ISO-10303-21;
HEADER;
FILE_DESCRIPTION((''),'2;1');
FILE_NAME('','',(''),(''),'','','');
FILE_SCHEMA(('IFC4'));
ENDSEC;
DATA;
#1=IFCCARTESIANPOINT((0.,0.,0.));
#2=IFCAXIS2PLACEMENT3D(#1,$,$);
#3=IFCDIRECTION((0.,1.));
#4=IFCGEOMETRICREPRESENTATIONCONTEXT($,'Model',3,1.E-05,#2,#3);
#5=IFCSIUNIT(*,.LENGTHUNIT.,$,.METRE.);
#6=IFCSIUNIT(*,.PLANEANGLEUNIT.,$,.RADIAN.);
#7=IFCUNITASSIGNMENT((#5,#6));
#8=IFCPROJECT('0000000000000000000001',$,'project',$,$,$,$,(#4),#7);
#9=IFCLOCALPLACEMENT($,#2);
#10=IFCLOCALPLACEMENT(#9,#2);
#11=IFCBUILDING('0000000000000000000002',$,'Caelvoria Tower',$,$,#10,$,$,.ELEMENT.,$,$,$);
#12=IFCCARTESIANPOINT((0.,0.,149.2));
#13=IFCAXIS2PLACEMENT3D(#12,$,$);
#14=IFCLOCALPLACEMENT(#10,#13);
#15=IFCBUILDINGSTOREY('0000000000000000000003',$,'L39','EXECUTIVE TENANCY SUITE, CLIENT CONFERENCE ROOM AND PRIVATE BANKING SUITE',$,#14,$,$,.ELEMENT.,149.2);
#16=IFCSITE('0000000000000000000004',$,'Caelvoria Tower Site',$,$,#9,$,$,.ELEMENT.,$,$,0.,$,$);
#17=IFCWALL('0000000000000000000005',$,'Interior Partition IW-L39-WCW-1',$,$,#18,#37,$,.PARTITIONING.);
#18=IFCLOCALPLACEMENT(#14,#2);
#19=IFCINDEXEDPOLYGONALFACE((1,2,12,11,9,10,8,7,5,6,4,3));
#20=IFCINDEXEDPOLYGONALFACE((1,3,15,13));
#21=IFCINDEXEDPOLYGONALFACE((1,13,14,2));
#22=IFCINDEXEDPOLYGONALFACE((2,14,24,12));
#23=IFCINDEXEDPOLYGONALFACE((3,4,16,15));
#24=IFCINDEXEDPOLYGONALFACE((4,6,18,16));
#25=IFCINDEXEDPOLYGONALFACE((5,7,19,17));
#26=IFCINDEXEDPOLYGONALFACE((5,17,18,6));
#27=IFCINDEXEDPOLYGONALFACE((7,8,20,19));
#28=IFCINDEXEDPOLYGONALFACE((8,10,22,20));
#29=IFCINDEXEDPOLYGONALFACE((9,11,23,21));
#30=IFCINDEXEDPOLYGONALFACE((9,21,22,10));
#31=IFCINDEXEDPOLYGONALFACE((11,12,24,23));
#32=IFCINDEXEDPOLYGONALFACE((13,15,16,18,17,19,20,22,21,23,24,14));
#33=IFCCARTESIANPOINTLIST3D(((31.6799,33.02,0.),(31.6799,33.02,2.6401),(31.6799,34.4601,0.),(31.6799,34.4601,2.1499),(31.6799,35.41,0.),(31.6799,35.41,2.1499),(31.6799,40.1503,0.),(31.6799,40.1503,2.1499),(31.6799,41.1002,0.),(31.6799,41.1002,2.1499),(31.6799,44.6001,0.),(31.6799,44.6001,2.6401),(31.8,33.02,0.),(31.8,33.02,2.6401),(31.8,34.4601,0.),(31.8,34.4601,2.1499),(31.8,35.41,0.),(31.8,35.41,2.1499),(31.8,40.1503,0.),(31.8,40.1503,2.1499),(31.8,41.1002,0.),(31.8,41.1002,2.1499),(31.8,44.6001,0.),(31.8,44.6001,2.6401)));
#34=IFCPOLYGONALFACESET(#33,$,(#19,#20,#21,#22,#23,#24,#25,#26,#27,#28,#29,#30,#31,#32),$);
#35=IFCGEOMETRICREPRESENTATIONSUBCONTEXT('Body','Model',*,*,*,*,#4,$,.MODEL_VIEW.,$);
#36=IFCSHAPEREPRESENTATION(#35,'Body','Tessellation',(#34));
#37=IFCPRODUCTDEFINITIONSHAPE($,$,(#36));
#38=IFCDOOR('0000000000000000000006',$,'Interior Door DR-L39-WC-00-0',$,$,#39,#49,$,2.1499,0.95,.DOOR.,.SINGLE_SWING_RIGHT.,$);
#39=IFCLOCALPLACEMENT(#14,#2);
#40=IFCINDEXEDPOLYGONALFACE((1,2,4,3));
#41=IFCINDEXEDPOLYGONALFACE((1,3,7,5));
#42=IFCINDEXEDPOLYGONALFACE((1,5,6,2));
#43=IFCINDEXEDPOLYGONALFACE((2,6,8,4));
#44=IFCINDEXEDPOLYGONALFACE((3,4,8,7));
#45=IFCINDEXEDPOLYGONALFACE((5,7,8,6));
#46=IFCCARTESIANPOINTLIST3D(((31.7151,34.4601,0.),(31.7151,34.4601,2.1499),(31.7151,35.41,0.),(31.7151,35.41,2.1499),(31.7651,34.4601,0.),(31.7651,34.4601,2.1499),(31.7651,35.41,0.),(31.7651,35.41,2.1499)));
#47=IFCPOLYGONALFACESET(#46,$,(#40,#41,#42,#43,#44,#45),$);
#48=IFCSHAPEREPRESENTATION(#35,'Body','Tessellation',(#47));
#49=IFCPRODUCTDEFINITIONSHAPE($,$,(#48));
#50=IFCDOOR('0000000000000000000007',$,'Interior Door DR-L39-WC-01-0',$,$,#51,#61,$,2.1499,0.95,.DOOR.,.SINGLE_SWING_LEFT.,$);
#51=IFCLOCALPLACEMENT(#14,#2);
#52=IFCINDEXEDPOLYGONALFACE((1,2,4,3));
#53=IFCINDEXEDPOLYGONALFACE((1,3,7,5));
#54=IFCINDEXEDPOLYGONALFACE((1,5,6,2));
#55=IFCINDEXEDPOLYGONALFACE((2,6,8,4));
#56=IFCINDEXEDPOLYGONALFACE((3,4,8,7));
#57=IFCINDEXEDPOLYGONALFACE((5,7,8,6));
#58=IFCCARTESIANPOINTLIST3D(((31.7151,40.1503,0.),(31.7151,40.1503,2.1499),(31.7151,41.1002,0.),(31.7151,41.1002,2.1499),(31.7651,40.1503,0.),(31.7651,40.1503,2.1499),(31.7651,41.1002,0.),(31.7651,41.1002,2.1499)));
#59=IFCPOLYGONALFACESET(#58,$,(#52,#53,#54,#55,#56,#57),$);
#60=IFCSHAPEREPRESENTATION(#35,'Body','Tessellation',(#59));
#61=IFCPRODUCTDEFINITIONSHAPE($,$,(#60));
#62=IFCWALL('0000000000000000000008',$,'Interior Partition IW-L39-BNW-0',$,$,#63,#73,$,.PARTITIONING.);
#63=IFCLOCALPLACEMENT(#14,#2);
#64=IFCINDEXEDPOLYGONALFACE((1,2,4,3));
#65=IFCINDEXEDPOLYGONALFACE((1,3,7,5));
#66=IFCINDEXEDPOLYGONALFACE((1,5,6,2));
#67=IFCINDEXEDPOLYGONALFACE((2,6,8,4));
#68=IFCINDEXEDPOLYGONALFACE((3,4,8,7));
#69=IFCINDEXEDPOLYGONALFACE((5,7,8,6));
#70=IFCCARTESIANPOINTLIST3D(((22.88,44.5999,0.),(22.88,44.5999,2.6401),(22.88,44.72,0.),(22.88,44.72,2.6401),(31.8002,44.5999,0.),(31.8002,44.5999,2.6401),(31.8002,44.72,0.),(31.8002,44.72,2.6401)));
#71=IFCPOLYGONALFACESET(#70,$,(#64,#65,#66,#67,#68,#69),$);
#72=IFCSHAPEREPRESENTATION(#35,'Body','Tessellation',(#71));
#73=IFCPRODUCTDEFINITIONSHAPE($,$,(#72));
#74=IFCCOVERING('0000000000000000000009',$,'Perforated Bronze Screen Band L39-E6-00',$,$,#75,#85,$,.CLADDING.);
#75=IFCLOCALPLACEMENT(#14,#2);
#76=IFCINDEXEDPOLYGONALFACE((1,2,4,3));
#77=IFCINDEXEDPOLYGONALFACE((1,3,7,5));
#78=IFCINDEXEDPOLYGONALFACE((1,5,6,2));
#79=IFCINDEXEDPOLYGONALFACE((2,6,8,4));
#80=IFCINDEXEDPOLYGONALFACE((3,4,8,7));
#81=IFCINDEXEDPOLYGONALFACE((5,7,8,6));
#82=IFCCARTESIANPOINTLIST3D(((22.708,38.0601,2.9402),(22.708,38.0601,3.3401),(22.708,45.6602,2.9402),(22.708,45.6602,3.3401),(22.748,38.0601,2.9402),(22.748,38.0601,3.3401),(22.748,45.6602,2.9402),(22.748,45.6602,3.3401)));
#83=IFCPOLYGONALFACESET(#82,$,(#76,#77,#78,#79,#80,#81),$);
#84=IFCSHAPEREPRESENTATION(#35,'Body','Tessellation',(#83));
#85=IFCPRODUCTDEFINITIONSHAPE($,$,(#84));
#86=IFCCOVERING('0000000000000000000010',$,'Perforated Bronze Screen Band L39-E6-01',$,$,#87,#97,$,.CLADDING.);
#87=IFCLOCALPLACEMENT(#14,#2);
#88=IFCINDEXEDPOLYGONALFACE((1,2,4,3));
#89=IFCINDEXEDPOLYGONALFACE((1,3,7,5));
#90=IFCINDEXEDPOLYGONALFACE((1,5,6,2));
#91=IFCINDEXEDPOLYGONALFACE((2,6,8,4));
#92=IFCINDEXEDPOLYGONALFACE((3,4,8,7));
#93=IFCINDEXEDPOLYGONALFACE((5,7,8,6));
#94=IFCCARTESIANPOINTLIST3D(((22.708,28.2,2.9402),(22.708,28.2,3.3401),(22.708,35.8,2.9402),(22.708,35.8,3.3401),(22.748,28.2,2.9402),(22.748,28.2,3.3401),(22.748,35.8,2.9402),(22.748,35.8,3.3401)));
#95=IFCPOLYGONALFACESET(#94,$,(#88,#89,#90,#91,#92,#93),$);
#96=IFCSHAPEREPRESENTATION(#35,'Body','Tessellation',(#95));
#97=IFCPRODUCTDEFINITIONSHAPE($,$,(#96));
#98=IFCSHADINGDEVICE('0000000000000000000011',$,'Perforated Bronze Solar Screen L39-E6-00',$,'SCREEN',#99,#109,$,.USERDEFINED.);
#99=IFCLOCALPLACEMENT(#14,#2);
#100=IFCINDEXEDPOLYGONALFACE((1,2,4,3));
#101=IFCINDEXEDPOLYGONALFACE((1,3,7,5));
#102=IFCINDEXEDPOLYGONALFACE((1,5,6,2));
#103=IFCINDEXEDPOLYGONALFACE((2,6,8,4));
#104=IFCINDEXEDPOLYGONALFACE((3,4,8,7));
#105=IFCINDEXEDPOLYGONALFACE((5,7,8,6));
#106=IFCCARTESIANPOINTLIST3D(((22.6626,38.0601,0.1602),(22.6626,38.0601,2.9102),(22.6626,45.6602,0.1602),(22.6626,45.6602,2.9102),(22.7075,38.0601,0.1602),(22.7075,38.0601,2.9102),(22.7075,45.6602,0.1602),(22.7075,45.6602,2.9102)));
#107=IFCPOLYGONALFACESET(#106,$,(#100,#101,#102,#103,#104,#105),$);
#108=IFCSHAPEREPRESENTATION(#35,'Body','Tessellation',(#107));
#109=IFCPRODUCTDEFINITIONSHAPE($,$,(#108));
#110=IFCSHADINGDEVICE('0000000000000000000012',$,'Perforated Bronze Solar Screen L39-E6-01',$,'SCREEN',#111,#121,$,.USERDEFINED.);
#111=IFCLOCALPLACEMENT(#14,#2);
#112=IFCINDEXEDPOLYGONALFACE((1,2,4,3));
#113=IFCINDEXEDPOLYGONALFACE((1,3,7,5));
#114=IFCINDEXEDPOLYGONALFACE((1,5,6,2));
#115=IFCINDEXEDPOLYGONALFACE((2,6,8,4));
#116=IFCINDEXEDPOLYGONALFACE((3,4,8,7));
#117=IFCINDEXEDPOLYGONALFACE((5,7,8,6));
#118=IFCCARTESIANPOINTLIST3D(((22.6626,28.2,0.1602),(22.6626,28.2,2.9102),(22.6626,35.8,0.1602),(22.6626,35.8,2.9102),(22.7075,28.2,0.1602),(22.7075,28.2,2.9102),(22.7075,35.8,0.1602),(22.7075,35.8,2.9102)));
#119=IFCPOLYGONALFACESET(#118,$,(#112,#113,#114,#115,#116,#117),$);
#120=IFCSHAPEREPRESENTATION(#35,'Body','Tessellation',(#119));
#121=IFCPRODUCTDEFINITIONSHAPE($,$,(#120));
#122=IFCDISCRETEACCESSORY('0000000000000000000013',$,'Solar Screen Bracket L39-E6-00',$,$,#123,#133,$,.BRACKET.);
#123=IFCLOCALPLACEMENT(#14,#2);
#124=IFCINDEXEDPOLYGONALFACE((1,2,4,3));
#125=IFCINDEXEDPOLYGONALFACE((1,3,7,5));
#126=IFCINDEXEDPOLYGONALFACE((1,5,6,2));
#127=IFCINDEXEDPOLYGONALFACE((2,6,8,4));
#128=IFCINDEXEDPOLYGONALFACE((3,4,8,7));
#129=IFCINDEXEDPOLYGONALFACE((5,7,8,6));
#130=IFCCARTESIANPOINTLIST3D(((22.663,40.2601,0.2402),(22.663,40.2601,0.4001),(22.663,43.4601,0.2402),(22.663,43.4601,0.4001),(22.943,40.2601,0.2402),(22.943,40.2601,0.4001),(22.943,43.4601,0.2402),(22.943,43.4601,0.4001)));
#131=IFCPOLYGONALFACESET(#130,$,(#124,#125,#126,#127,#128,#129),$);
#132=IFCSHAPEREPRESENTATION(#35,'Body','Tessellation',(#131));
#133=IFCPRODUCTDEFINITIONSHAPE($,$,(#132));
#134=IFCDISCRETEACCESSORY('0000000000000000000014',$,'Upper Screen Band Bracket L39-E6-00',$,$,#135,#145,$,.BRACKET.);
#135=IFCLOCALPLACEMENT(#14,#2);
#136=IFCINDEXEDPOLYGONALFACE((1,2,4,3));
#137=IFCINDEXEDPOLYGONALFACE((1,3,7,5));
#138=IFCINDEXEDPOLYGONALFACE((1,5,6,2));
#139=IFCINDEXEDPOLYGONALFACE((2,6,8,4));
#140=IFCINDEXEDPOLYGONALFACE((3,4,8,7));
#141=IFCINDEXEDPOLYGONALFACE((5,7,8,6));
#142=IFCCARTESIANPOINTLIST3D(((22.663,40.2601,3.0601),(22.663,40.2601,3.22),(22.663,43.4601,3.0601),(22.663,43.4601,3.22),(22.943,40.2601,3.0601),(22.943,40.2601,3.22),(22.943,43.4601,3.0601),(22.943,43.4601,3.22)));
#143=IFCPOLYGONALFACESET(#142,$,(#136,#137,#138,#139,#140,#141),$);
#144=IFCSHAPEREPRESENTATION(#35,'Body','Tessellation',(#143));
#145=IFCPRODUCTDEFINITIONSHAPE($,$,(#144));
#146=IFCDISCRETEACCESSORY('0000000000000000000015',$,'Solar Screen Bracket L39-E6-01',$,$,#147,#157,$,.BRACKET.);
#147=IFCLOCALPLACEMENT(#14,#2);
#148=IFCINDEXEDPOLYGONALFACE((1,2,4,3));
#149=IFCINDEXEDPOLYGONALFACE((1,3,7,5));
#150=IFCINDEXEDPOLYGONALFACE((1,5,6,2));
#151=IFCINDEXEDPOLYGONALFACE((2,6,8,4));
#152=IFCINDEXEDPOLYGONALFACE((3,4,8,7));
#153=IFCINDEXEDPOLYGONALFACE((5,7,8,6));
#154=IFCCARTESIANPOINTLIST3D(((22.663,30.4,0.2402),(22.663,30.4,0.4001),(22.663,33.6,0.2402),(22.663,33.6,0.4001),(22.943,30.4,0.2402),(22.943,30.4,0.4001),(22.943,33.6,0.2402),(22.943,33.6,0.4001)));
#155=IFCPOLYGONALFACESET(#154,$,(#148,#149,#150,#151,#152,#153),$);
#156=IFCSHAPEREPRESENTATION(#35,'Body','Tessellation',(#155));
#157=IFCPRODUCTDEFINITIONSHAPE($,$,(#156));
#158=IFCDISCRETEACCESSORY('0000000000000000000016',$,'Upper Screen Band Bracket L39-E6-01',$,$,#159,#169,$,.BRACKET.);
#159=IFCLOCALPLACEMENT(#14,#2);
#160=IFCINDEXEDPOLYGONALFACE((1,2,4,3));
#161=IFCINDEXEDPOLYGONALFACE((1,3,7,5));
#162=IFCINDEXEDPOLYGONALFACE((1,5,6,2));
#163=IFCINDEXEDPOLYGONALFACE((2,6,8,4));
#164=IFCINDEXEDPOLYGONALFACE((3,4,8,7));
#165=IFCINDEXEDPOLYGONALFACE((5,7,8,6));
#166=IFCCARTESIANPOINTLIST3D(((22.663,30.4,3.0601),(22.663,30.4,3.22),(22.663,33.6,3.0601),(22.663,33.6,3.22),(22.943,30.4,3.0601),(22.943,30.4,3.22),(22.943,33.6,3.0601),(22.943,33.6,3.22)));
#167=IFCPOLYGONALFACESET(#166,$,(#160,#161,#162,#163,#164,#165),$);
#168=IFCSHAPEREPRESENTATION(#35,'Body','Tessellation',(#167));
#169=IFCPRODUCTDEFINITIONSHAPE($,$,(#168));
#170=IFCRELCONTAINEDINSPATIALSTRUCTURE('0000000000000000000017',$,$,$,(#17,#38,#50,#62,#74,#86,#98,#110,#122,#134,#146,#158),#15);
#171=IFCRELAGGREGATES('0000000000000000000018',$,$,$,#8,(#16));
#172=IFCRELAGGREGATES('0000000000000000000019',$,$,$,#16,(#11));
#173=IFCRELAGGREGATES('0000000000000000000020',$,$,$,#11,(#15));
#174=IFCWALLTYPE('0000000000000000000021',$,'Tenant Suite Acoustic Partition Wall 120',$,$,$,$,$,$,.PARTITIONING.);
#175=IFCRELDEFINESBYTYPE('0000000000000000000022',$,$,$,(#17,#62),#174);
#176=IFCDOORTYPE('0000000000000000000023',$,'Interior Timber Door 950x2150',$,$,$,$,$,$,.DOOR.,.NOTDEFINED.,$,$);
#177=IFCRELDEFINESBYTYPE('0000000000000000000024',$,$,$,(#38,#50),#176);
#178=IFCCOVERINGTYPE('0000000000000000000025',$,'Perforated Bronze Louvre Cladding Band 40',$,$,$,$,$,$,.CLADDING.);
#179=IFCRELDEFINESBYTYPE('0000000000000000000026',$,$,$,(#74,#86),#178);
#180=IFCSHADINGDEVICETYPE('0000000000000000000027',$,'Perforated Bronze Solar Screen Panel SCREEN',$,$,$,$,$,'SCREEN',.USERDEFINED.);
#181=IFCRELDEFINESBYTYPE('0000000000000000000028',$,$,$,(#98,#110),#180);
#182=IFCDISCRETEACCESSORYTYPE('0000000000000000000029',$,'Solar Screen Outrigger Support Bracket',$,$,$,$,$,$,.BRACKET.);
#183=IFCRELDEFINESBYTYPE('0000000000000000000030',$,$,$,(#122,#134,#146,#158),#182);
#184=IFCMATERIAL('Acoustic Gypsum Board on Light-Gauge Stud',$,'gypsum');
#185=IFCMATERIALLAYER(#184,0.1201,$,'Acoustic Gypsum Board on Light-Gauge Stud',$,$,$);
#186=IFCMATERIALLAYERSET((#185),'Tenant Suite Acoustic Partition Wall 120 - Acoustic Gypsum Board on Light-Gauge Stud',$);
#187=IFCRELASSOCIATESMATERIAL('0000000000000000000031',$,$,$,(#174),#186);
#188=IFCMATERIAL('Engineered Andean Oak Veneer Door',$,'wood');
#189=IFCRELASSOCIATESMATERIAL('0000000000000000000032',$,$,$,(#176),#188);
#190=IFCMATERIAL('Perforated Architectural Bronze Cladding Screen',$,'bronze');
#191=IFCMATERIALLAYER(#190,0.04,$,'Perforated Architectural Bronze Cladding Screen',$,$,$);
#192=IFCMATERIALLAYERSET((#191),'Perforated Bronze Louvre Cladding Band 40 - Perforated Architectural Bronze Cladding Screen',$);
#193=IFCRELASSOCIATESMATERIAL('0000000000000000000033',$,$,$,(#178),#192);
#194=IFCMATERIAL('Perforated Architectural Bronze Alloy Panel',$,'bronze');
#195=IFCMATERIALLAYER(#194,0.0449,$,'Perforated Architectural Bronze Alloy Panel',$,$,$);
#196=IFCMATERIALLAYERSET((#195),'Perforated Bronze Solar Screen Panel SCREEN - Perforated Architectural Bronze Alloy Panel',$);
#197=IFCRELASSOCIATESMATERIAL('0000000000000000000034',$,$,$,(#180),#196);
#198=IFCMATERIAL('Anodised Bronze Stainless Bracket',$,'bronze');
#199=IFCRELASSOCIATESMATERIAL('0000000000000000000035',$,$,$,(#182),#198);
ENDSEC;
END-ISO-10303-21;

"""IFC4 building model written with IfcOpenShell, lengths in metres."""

from ifc_helpers import new_model, si_unit, direction, frame, frame_2d, origin, origin_2d, place, context, subcontext, project, spatial, rectangle, extrude, material, layer, layer_set, type_object, element, fill, save


model = new_model("IFC4")

# Units and contexts
model_context = context("Model", 3, precision=1e-05, world=origin(), true_north=direction((0.0, 1.0)))
body_context = subcontext(model_context, "Body", "Model", "MODEL_VIEW")
ifc_project = project(units=[si_unit("LENGTHUNIT", "METRE"), si_unit("PLANEANGLEUNIT", "RADIAN")], contexts=[model_context])

# Site, building, storey
site_placement = place(None, origin())
site = spatial("IfcSite", under=ifc_project, at=site_placement, Name="Caelvoria Tower Site", CompositionType="ELEMENT", RefElevation=0.0)
building_placement = place(site_placement, origin())
building = spatial("IfcBuilding", under=site, at=building_placement, Name="Caelvoria Tower", CompositionType="ELEMENT")
storey_placement = place(building_placement, frame((0.0, 0.0, 149.2)))
storey = spatial("IfcBuildingStorey", under=building, at=storey_placement, Name="L39", Description="EXECUTIVE TENANCY SUITE, CLIENT CONFERENCE ROOM AND PRIVATE BANKING SUITE", CompositionType="ELEMENT", Elevation=149.2)

# Shared definitions
ifc_material_1 = material(Name="Acoustic Gypsum Board on Light-Gauge Stud", Category="gypsum")
ifc_layer_1 = layer(ifc_material_1, 0.1201, Name="Acoustic Gypsum Board on Light-Gauge Stud")
ifc_layer_set_1 = layer_set([ifc_layer_1], Name="Tenant Suite Acoustic Partition Wall 120 - Acoustic Gypsum Board on Light-Gauge Stud")
wall_type = type_object("IfcWallType", Name="Tenant Suite Acoustic Partition Wall 120", PredefinedType="PARTITIONING", material=ifc_layer_set_1)
ifc_material_2 = material(Name="Engineered Andean Oak Veneer Door", Category="wood")
door_type_1 = type_object("IfcDoorType", Name="Interior Timber Door 950x2150", OperationType="NOTDEFINED", PredefinedType="DOOR", material=ifc_material_2)

# Wall, openings, doors
wall_1_placement = place(storey_placement, frame((31.74, 33.02, 0.0), z_axis=(0.0, 0.0, 1.0), x_axis=(0.0, 1.0, 0.0)))
wall_1 = element("IfcWall", 1, at=wall_1_placement, inside=storey, type_object=wall_type, Name="Interior Partition IW-L39-WCW-1", PredefinedType="PARTITIONING", context=body_context, shape_type="SweptSolid", body=[
    extrude(rectangle(XDim=11.5801, YDim=0.1201, at=frame_2d((5.79, 0.0))), origin(), (0.0, 0.0, 1.0), 2.6401),
])
opening_1_placement = place(wall_1_placement, frame((1.4399, 0.0, 0.0)))
opening_1 = element("IfcOpeningElement", 2, at=opening_1_placement, cuts=wall_1, PredefinedType="OPENING", context=body_context, shape_type="SweptSolid", body=[
    extrude(rectangle(XDim=0.95, YDim=2.1499, at=frame_2d((0.4751, 1.075))), frame((0.0, 0.0701, 0.0), z_axis=(0.0, -1.0, 0.0), x_axis=(1.0, 0.0, 0.0)), (0.0, 0.0, 1.0), 0.1401),
])
opening_2_placement = place(wall_1_placement, frame((7.1301, 0.0, 0.0)))
opening_2 = element("IfcOpeningElement", 3, at=opening_2_placement, cuts=wall_1, PredefinedType="OPENING", context=body_context, shape_type="SweptSolid", body=[
    extrude(rectangle(XDim=0.95, YDim=2.1499, at=frame_2d((0.4751, 1.075))), frame((0.0, 0.0701, 0.0), z_axis=(0.0, -1.0, 0.0), x_axis=(1.0, 0.0, 0.0)), (0.0, 0.0, 1.0), 0.1401),
])
door_1_placement = place(opening_1_placement, origin())
door_1 = element("IfcDoor", 4, at=door_1_placement, inside=storey, type_object=door_type_1, Name="Interior Door DR-L39-WC-00-0", OperationType="SINGLE_SWING_RIGHT", OverallHeight=2.1499, OverallWidth=0.95, PredefinedType="DOOR", context=body_context, shape_type="SweptSolid", body=[
    extrude(rectangle(XDim=0.95, YDim=2.1499, at=frame_2d((0.4751, 1.075))), frame((0.0, 0.0249, 0.0), z_axis=(0.0, -1.0, 0.0), x_axis=(1.0, 0.0, 0.0)), (0.0, 0.0, 1.0), 0.05),
])
fill(opening_1, door_1)
door_2_placement = place(opening_2_placement, origin())
door_2 = element("IfcDoor", 5, at=door_2_placement, inside=storey, type_object=door_type_1, Name="Interior Door DR-L39-WC-01-0", OperationType="SINGLE_SWING_LEFT", OverallHeight=2.1499, OverallWidth=0.95, PredefinedType="DOOR", context=body_context, shape_type="SweptSolid", body=[
    extrude(rectangle(XDim=0.95, YDim=2.1499, at=frame_2d((0.4751, 1.075))), frame((0.0, 0.0249, 0.0), z_axis=(0.0, -1.0, 0.0), x_axis=(1.0, 0.0, 0.0)), (0.0, 0.0, 1.0), 0.05),
])
fill(opening_2, door_2)

# Wall
wall_2_placement = place(storey_placement, frame((31.8, 44.6599, 0.0), z_axis=(0.0, 0.0, 1.0), x_axis=(-1.0, 0.0, 0.0)))
element("IfcWall", 6, at=wall_2_placement, inside=storey, type_object=wall_type, Name="Interior Partition IW-L39-BNW-0", PredefinedType="PARTITIONING", context=body_context, shape_type="SweptSolid", body=[
    extrude(rectangle(XDim=8.9202, YDim=0.1201, at=frame_2d((4.46, 0.0))), origin(), (0.0, 0.0, 1.0), 2.6401),
])

# Coverings
ifc_material_3 = material(Name="Perforated Architectural Bronze Cladding Screen", Category="bronze")
ifc_layer_2 = layer(ifc_material_3, 0.04, Name="Perforated Architectural Bronze Cladding Screen")
ifc_layer_set_2 = layer_set([ifc_layer_2], Name="Perforated Bronze Louvre Cladding Band 40 - Perforated Architectural Bronze Cladding Screen")
covering_type = type_object("IfcCoveringType", Name="Perforated Bronze Louvre Cladding Band 40", PredefinedType="CLADDING", material=ifc_layer_set_2)
for number, where, z_axis, x_axis, name in (
    (7, (22.728, 41.8601, 2.9402), (0.0, 0.0, 1.0), (0.0, -1.0, 0.0), "Perforated Bronze Screen Band L39-E6-00"),
    (8, (22.728, 32.0, 2.9402), (0.0, 0.0, 1.0), (0.0, -1.0, 0.0), "Perforated Bronze Screen Band L39-E6-01"),
):
    element("IfcCovering", number, at=place(storey_placement, frame(where, z_axis=z_axis, x_axis=x_axis)), inside=storey, type_object=covering_type, Name=name, PredefinedType="CLADDING", context=body_context, shape_type="SweptSolid", body=[
        extrude(rectangle(XDim=7.6001, YDim=0.04, at=origin_2d()), origin(), (0.0, 0.0, 1.0), 0.3999),
    ])

# Shading devices
ifc_material_4 = material(Name="Perforated Architectural Bronze Alloy Panel", Category="bronze")
ifc_layer_3 = layer(ifc_material_4, 0.0449, Name="Perforated Architectural Bronze Alloy Panel")
ifc_layer_set_3 = layer_set([ifc_layer_3], Name="Perforated Bronze Solar Screen Panel SCREEN - Perforated Architectural Bronze Alloy Panel")
shading_device_type = type_object("IfcShadingDeviceType", Name="Perforated Bronze Solar Screen Panel SCREEN", ElementType="SCREEN", PredefinedType="USERDEFINED", material=ifc_layer_set_3)
for number, where, z_axis, x_axis, name in (
    (9, (22.6851, 41.8601, 0.1602), (0.0, 0.0, 1.0), (0.0, -1.0, 0.0), "Perforated Bronze Solar Screen L39-E6-00"),
    (10, (22.6851, 32.0, 0.1602), (0.0, 0.0, 1.0), (0.0, -1.0, 0.0), "Perforated Bronze Solar Screen L39-E6-01"),
):
    element("IfcShadingDevice", number, at=place(storey_placement, frame(where, z_axis=z_axis, x_axis=x_axis)), inside=storey, type_object=shading_device_type, Name=name, ObjectType="SCREEN", PredefinedType="USERDEFINED", context=body_context, shape_type="SweptSolid", body=[
        extrude(rectangle(XDim=7.6001, YDim=0.0449, at=origin_2d()), origin(), (0.0, 0.0, 1.0), 2.75),
    ])

# Discrete accessories
ifc_material_5 = material(Name="Anodised Bronze Stainless Bracket", Category="bronze")
discrete_accessory_type = type_object("IfcDiscreteAccessoryType", Name="Solar Screen Outrigger Support Bracket", PredefinedType="BRACKET", material=ifc_material_5)
for number, where, z_axis, x_axis, name in (
    (11, (22.803, 41.8601, 0.2402), (0.0, 0.0, 1.0), (0.0, -1.0, 0.0), "Solar Screen Bracket L39-E6-00"),
    (12, (22.803, 41.8601, 3.0601), (0.0, 0.0, 1.0), (0.0, -1.0, 0.0), "Upper Screen Band Bracket L39-E6-00"),
    (13, (22.803, 32.0, 0.2402), (0.0, 0.0, 1.0), (0.0, -1.0, 0.0), "Solar Screen Bracket L39-E6-01"),
    (14, (22.803, 32.0, 3.0601), (0.0, 0.0, 1.0), (0.0, -1.0, 0.0), "Upper Screen Band Bracket L39-E6-01"),
):
    element("IfcDiscreteAccessory", number, at=place(storey_placement, frame(where, z_axis=z_axis, x_axis=x_axis)), inside=storey, type_object=discrete_accessory_type, Name=name, PredefinedType="BRACKET", context=body_context, shape_type="SweptSolid", body=[
        extrude(rectangle(XDim=3.2, YDim=0.28, at=origin_2d()), origin(), (0.0, 0.0, 1.0), 0.1599),
    ])

save(model, "model.ifc")
